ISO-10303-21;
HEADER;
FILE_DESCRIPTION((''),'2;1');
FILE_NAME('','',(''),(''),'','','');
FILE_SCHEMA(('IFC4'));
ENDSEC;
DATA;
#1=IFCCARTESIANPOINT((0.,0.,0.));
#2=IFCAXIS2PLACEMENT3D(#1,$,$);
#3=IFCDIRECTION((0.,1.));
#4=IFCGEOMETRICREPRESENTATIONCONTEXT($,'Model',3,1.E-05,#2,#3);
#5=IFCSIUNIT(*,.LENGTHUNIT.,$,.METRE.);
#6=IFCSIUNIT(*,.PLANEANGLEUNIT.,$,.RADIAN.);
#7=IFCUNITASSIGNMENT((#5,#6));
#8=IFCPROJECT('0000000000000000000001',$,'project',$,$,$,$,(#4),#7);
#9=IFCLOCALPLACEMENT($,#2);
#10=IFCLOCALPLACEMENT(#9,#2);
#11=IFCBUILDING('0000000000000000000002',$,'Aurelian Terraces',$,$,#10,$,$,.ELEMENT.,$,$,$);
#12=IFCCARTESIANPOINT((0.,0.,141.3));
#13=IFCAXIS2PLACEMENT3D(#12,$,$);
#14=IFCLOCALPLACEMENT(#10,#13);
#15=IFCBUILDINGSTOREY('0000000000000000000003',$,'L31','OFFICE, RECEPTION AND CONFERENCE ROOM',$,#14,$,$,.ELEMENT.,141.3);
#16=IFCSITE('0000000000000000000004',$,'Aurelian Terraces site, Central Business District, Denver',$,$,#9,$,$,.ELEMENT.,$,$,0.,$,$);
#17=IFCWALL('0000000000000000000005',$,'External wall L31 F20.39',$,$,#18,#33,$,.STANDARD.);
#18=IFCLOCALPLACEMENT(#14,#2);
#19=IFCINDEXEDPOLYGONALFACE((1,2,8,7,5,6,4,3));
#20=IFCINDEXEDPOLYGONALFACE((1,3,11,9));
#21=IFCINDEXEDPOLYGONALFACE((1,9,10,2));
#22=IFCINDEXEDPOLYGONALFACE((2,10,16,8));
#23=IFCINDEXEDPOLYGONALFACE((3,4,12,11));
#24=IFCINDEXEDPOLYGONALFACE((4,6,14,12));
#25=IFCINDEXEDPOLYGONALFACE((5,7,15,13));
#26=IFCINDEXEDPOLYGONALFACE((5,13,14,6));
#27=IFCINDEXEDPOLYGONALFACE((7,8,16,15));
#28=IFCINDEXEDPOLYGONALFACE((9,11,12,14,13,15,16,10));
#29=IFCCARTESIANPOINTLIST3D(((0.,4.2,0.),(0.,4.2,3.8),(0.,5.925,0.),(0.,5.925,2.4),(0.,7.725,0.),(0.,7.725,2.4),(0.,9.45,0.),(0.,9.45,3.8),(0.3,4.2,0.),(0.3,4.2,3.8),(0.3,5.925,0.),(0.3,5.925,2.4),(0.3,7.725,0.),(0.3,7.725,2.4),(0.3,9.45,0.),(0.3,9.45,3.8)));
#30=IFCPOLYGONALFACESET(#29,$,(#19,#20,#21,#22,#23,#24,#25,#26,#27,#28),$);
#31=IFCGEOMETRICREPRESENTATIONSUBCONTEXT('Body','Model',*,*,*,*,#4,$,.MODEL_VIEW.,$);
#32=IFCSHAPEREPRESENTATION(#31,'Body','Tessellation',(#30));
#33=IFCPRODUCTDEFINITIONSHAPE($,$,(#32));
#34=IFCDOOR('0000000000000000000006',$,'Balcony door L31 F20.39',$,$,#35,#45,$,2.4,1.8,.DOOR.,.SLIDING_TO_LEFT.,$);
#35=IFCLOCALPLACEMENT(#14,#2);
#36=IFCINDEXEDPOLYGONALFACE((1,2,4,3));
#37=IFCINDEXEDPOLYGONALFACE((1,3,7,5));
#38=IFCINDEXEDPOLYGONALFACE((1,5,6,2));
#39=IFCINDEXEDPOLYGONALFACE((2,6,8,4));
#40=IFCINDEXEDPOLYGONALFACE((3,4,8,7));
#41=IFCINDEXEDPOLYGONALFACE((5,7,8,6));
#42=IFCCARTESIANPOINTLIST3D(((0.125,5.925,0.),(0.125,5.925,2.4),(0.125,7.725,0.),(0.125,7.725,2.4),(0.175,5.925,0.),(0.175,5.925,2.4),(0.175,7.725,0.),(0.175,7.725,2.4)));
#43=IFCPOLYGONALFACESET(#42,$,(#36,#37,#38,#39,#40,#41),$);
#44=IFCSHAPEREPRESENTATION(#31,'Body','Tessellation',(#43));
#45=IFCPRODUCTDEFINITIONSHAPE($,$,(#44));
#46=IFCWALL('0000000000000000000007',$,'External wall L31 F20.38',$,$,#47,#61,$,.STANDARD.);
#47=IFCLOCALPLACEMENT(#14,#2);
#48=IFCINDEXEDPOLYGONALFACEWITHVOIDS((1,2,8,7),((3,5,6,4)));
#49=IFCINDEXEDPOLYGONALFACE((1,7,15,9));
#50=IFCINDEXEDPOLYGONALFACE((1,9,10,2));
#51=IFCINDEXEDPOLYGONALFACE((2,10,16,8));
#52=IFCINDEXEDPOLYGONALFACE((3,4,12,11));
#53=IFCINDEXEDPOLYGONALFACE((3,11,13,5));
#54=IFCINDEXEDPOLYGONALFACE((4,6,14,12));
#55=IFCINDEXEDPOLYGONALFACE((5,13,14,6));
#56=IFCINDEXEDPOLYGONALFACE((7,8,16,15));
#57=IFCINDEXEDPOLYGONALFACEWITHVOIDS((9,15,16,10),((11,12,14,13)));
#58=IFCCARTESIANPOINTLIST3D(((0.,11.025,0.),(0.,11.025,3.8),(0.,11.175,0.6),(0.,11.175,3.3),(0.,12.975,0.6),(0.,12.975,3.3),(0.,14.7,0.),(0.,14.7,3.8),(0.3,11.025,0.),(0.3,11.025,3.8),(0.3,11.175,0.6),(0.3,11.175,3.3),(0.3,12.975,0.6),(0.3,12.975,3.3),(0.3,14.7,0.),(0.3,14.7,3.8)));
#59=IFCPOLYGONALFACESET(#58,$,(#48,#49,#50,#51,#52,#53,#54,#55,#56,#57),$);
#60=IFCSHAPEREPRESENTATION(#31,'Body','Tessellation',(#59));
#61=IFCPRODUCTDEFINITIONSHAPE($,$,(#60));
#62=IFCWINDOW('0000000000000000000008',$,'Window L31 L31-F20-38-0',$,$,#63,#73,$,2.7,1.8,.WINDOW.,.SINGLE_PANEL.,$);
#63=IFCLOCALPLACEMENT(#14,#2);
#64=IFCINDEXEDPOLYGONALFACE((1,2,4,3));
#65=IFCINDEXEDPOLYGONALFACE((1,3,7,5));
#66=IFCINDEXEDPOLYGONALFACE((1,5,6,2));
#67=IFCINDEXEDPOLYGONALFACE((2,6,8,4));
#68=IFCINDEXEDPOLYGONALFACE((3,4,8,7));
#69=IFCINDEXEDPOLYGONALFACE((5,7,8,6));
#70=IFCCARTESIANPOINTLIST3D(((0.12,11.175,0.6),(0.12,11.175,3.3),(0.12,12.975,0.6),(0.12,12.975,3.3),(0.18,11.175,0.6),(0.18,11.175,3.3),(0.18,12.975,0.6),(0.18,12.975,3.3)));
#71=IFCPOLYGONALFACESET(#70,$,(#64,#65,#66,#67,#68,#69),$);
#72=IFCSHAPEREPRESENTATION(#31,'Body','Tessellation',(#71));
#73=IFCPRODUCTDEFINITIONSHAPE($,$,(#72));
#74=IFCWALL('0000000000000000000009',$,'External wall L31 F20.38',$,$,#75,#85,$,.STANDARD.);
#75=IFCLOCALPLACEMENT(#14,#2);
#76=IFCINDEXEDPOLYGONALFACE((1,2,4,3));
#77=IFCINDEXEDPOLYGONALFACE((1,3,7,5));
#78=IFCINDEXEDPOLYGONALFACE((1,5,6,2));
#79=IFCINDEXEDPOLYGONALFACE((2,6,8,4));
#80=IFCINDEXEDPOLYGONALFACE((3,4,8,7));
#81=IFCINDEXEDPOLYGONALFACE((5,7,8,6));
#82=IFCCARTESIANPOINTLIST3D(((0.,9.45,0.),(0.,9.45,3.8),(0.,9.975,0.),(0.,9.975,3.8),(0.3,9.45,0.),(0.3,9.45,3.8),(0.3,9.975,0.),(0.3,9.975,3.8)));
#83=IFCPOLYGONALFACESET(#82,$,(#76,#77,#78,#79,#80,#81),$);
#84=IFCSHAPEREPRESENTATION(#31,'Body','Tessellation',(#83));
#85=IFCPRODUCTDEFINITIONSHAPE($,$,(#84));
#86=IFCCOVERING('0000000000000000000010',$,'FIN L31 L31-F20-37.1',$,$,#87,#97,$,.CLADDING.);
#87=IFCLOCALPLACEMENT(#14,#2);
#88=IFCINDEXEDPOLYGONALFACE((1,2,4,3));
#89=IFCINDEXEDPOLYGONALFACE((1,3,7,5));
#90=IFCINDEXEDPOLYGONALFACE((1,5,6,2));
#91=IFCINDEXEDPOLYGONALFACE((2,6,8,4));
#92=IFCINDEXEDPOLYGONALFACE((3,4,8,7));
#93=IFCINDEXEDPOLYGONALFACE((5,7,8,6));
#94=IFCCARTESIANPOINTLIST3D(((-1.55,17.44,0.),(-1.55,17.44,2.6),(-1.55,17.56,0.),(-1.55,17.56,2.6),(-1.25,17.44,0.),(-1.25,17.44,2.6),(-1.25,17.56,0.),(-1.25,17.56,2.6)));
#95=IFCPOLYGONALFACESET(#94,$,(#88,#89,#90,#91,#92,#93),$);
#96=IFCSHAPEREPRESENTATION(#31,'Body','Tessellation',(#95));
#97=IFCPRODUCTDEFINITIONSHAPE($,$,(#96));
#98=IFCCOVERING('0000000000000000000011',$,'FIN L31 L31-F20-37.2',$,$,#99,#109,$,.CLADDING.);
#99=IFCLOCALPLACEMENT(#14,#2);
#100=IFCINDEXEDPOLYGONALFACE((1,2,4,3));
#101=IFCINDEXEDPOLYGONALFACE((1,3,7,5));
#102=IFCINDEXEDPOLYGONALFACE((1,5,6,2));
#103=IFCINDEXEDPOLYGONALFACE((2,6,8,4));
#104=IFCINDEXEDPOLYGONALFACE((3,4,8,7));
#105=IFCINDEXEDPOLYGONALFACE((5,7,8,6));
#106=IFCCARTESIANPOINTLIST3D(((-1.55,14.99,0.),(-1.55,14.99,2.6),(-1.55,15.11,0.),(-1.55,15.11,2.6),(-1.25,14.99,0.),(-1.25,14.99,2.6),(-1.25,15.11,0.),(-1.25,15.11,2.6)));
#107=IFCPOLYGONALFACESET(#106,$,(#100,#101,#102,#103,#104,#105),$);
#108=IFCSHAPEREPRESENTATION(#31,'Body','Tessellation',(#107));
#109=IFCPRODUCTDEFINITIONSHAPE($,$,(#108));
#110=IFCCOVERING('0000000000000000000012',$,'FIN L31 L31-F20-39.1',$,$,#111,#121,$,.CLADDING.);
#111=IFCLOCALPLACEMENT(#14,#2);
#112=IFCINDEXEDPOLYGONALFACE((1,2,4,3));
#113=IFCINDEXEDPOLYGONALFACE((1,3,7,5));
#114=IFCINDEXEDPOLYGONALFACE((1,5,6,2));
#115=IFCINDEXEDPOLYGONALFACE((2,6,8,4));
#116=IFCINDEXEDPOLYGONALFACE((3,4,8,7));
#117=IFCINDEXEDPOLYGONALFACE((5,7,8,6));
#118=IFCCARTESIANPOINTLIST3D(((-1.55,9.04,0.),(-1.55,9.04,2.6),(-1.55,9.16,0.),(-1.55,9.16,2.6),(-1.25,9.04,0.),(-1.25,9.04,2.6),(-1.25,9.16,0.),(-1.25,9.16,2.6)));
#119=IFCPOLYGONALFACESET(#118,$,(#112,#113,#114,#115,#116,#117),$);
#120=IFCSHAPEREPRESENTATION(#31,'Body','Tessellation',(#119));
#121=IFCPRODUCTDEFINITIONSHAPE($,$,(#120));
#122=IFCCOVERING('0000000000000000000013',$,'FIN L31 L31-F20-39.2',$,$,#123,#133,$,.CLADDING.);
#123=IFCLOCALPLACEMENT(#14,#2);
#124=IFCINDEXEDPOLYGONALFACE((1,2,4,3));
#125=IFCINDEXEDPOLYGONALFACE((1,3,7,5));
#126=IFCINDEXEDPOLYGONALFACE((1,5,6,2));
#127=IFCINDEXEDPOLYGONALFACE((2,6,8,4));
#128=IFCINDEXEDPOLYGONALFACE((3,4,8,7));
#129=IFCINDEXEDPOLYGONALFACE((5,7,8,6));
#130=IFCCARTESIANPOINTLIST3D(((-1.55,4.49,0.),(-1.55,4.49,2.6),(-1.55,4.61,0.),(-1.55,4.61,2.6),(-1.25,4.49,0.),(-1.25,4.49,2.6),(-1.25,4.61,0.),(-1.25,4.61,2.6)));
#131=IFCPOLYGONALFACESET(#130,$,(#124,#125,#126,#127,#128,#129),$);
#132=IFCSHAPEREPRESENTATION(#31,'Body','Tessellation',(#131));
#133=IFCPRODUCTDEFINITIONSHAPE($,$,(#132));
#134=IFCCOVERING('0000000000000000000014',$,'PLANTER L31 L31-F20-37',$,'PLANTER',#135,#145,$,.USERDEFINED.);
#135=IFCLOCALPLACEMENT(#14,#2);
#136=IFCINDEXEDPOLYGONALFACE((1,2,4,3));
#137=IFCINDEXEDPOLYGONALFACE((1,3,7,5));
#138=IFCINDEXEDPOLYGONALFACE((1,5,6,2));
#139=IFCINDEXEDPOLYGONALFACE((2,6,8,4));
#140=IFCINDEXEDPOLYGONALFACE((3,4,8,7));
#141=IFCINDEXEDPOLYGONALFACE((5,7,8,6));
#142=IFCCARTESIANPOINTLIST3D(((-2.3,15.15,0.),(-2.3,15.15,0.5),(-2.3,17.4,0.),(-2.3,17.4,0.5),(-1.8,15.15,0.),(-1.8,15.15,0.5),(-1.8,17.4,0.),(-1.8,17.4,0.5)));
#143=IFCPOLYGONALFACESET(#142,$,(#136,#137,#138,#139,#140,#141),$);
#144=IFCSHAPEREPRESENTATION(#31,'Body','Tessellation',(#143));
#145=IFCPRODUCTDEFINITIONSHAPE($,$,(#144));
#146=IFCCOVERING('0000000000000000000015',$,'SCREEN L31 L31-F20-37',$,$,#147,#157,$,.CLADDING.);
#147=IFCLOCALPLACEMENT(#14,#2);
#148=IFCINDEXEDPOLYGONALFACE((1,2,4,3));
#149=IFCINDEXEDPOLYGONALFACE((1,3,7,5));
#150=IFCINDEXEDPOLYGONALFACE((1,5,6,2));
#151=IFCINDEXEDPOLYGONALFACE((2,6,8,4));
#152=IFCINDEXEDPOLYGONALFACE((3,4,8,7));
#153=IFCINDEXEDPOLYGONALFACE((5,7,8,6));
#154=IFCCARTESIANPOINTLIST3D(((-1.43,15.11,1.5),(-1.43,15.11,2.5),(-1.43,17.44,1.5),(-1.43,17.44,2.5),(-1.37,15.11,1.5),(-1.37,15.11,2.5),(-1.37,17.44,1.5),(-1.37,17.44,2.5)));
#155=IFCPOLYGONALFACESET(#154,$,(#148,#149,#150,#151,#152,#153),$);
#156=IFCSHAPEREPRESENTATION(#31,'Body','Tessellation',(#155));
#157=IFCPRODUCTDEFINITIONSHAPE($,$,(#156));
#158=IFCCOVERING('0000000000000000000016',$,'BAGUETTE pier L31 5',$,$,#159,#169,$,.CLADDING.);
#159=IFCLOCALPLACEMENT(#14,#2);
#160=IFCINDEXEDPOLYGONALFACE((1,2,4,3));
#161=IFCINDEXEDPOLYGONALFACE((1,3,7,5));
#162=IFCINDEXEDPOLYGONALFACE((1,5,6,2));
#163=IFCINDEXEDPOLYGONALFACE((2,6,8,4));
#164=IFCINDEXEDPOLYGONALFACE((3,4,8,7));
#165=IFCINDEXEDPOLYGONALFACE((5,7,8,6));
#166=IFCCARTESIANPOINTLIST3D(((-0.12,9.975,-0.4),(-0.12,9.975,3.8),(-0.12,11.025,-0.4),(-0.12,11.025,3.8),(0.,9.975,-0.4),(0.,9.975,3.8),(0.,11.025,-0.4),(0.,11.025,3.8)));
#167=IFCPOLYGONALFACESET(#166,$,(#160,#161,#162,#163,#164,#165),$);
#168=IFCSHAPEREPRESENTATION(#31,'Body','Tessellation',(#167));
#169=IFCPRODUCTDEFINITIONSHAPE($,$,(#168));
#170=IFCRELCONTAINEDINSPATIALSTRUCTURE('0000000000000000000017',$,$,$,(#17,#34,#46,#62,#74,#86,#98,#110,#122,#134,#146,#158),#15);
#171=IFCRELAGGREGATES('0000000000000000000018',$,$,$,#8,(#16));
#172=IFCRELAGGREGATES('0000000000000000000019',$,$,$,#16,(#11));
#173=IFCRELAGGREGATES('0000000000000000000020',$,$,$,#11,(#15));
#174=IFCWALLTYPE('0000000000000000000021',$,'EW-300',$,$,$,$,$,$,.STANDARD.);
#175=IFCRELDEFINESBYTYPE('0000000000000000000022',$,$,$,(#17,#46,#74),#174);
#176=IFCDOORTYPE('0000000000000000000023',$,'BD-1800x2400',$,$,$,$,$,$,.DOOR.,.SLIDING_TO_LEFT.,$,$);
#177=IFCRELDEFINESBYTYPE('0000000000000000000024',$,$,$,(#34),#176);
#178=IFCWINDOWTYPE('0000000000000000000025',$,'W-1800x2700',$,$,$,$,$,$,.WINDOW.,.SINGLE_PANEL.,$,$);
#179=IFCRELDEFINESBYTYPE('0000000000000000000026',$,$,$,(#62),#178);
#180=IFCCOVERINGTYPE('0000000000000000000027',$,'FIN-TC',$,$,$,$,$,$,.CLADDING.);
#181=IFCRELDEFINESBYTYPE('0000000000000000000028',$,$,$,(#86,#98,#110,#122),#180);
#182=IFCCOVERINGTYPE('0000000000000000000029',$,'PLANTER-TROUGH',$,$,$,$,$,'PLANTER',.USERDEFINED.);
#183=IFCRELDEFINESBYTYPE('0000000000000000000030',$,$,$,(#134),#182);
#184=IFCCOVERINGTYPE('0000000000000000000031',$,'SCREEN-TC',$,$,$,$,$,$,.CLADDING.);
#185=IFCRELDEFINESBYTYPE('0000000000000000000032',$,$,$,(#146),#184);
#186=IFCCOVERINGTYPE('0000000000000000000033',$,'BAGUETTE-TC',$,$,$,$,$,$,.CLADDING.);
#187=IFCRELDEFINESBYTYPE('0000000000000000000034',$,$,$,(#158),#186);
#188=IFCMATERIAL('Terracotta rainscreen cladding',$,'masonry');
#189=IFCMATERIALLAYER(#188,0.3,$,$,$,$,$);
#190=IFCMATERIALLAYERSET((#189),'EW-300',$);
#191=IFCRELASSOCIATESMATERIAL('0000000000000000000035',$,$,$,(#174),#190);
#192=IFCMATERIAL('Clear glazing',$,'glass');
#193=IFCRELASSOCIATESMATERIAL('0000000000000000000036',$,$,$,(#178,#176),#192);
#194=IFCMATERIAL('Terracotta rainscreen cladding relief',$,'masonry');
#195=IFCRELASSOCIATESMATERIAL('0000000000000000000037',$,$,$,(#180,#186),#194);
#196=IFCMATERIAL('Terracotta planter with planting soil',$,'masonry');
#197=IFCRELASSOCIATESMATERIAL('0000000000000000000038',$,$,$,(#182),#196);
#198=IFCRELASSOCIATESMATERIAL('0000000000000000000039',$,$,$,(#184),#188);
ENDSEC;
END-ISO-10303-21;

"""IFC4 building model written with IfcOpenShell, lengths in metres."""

from ifc_helpers import new_model, si_unit, direction, frame, frame_2d, origin, origin_2d, place, context, subcontext, project, spatial, rectangle, extrude, source, transform, mapped, material, layer, layer_set, type_object, element, fill, save


model = new_model("IFC4")

# Units and contexts
model_context = context("Model", 3, precision=1e-05, world=origin(), true_north=direction((0.0, 1.0)))
body_context = subcontext(model_context, "Body", "Model", "MODEL_VIEW")
ifc_project = project(units=[si_unit("LENGTHUNIT", "METRE"), si_unit("PLANEANGLEUNIT", "RADIAN")], contexts=[model_context])

# Site, building, storey
site_placement = place(None, origin())
site = spatial("IfcSite", under=ifc_project, at=site_placement, Name="Aurelian Terraces site, Central Business District, Denver", CompositionType="ELEMENT", RefElevation=0.0)
building_placement = place(site_placement, origin())
building = spatial("IfcBuilding", under=site, at=building_placement, Name="Aurelian Terraces", CompositionType="ELEMENT")
storey_placement = place(building_placement, frame((0.0, 0.0, 141.3)))
storey = spatial("IfcBuildingStorey", under=building, at=storey_placement, Name="L31", Description="OFFICE, RECEPTION AND CONFERENCE ROOM", CompositionType="ELEMENT", Elevation=141.3)

# Shared definitions
ifc_material_1 = material(Name="Terracotta rainscreen cladding", Category="masonry")
ifc_layer_1 = layer(ifc_material_1, 0.3)
ifc_layer_set_1 = layer_set([ifc_layer_1], Name="EW-300")
wall_type = type_object("IfcWallType", Name="EW-300", PredefinedType="STANDARD", material=ifc_layer_set_1)
shared_shape_1 = source(origin(), body_context, "Body", "SweptSolid", [
    extrude(rectangle(XDim=1.8, YDim=2.7, at=frame_2d((0.9, 1.35))), frame((0.0, 0.16, 0.0), z_axis=(0.0, -1.0, 0.0), x_axis=(1.0, 0.0, 0.0)), (0.0, 0.0, 1.0), 0.32),
])
ifc_material_2 = material(Name="Clear glazing", Category="glass")
window_type = type_object("IfcWindowType", Name="W-1800x2700", PartitioningType="SINGLE_PANEL", PredefinedType="WINDOW", material=ifc_material_2)
shared_shape_2 = source(origin(), body_context, "Body", "SweptSolid", [
    extrude(rectangle(XDim=1.8, YDim=2.7, at=frame_2d((0.9, 1.35))), frame((0.0, 0.03, 0.0), z_axis=(0.0, -1.0, 0.0), x_axis=(1.0, 0.0, 0.0)), (0.0, 0.0, 1.0), 0.06),
])

# Wall, opening, door
shared_shape_3 = source(origin(), body_context, "Body", "SweptSolid", [
    extrude(rectangle(XDim=5.25, YDim=0.3, at=frame_2d((2.625, 0.0))), origin(), (0.0, 0.0, 1.0), 3.8),
])
wall_1_placement = place(storey_placement, frame((0.15, 9.45, 0.0), z_axis=(0.0, 0.0, 1.0), x_axis=(0.0, -1.0, 0.0)))
wall_1 = element("IfcWall", 1, at=wall_1_placement, inside=storey, type_object=wall_type, Name="External wall L31 F20.39", PredefinedType="STANDARD", context=body_context, shape_type="MappedRepresentation", body=[
    mapped(shared_shape_3, transform((0.0, 0.0, 0.0), scale=1.0)),
])
shared_shape_4 = source(origin(), body_context, "Body", "SweptSolid", [
    extrude(rectangle(XDim=1.8, YDim=2.4, at=frame_2d((0.9, 1.2))), frame((0.0, 0.16, 0.0), z_axis=(0.0, -1.0, 0.0), x_axis=(1.0, 0.0, 0.0)), (0.0, 0.0, 1.0), 0.32),
])
opening_1_placement = place(wall_1_placement, frame((1.725, 0.0, 0.0)))
opening_1 = element("IfcOpeningElement", 2, at=opening_1_placement, cuts=wall_1, PredefinedType="OPENING", context=body_context, shape_type="MappedRepresentation", body=[
    mapped(shared_shape_4, transform((0.0, 0.0, 0.0), scale=1.0)),
])
door_type = type_object("IfcDoorType", Name="BD-1800x2400", OperationType="SLIDING_TO_LEFT", PredefinedType="DOOR", material=ifc_material_2)
shared_shape_5 = source(origin(), body_context, "Body", "SweptSolid", [
    extrude(rectangle(XDim=1.8, YDim=2.4, at=frame_2d((0.9, 1.2))), frame((0.0, 0.025, 0.0), z_axis=(0.0, -1.0, 0.0), x_axis=(1.0, 0.0, 0.0)), (0.0, 0.0, 1.0), 0.05),
])
door_placement = place(opening_1_placement, origin())
door = element("IfcDoor", 3, at=door_placement, inside=storey, type_object=door_type, Name="Balcony door L31 F20.39", OperationType="SLIDING_TO_LEFT", OverallHeight=2.4, OverallWidth=1.8, PredefinedType="DOOR", context=body_context, shape_type="MappedRepresentation", body=[
    mapped(shared_shape_5, transform((0.0, 0.0, 0.0), scale=1.0)),
])
fill(opening_1, door)

# Wall, opening, window
shared_shape_6 = source(origin(), body_context, "Body", "SweptSolid", [
    extrude(rectangle(XDim=3.675, YDim=0.3, at=frame_2d((1.8375, 0.0))), origin(), (0.0, 0.0, 1.0), 3.8),
])
wall_2_placement = place(storey_placement, frame((0.15, 14.7, 0.0), z_axis=(0.0, 0.0, 1.0), x_axis=(0.0, -1.0, 0.0)))
wall_2 = element("IfcWall", 4, at=wall_2_placement, inside=storey, type_object=wall_type, Name="External wall L31 F20.38", PredefinedType="STANDARD", context=body_context, shape_type="MappedRepresentation", body=[
    mapped(shared_shape_6, transform((0.0, 0.0, 0.0), scale=1.0)),
])
opening_2_placement = place(wall_2_placement, frame((1.725, 0.0, 0.6)))
opening_2 = element("IfcOpeningElement", 5, at=opening_2_placement, cuts=wall_2, PredefinedType="OPENING", context=body_context, shape_type="MappedRepresentation", body=[
    mapped(shared_shape_1, transform((0.0, 0.0, 0.0), scale=1.0)),
])
window_1_placement = place(opening_2_placement, origin())
window_1 = element("IfcWindow", 6, at=window_1_placement, inside=storey, type_object=window_type, Name="Window L31 L31-F20-38-0", OverallHeight=2.7, OverallWidth=1.8, PartitioningType="SINGLE_PANEL", PredefinedType="WINDOW", context=body_context, shape_type="MappedRepresentation", body=[
    mapped(shared_shape_2, transform((0.0, 0.0, 0.0), scale=1.0)),
])
fill(opening_2, window_1)

# Wall
shared_shape_7 = source(origin(), body_context, "Body", "SweptSolid", [
    extrude(rectangle(XDim=0.525, YDim=0.3, at=frame_2d((0.2625, 0.0))), origin(), (0.0, 0.0, 1.0), 3.8),
])
wall_3_placement = place(storey_placement, frame((0.15, 9.975, 0.0), z_axis=(0.0, 0.0, 1.0), x_axis=(0.0, -1.0, 0.0)))
element("IfcWall", 7, at=wall_3_placement, inside=storey, type_object=wall_type, Name="External wall L31 F20.38", PredefinedType="STANDARD", context=body_context, shape_type="MappedRepresentation", body=[
    mapped(shared_shape_7, transform((0.0, 0.0, 0.0), scale=1.0)),
])

# Coverings
ifc_material_3 = material(Name="Terracotta rainscreen cladding relief", Category="masonry")
covering_type_1 = type_object("IfcCoveringType", Name="FIN-TC", PredefinedType="CLADDING", material=ifc_material_3)
shared_shape_8 = source(origin(), body_context, "Body", "SweptSolid", [
    extrude(rectangle(XDim=0.3, YDim=0.12, at=origin_2d()), origin(), (0.0, 0.0, 1.0), 2.6),
])
for number, where, z_axis, x_axis, name in (
    (8, (-1.4, 17.5, 0.0), (0.0, 0.0, 1.0), (1.0, 0.0, 0.0), "FIN L31 L31-F20-37.1"),
    (9, (-1.4, 15.05, 0.0), (0.0, 0.0, 1.0), (1.0, 0.0, 0.0), "FIN L31 L31-F20-37.2"),
    (10, (-1.4, 9.1, 0.0), (0.0, 0.0, 1.0), (1.0, 0.0, 0.0), "FIN L31 L31-F20-39.1"),
    (11, (-1.4, 4.55, 0.0), (0.0, 0.0, 1.0), (1.0, 0.0, 0.0), "FIN L31 L31-F20-39.2"),
):
    element("IfcCovering", number, at=place(storey_placement, frame(where, z_axis=z_axis, x_axis=x_axis)), inside=storey, type_object=covering_type_1, Name=name, PredefinedType="CLADDING", context=body_context, shape_type="MappedRepresentation", body=[
        mapped(shared_shape_8, transform((0.0, 0.0, 0.0), scale=1.0)),
    ])
ifc_material_4 = material(Name="Terracotta planter with planting soil", Category="masonry")
covering_type_2 = type_object("IfcCoveringType", Name="PLANTER-TROUGH", ElementType="PLANTER", PredefinedType="USERDEFINED", material=ifc_material_4)
shared_shape_9 = source(origin(), body_context, "Body", "SweptSolid", [
    extrude(rectangle(XDim=0.5, YDim=2.25, at=origin_2d()), origin(), (0.0, 0.0, 1.0), 0.5),
])
covering_1_placement = place(storey_placement, frame((-2.05, 16.275, 0.0), z_axis=(0.0, 0.0, 1.0), x_axis=(1.0, 0.0, 0.0)))
element("IfcCovering", 12, at=covering_1_placement, inside=storey, type_object=covering_type_2, Name="PLANTER L31 L31-F20-37", ObjectType="PLANTER", PredefinedType="USERDEFINED", context=body_context, shape_type="MappedRepresentation", body=[
    mapped(shared_shape_9, transform((0.0, 0.0, 0.0), scale=1.0)),
])
covering_type_3 = type_object("IfcCoveringType", Name="SCREEN-TC", PredefinedType="CLADDING", material=ifc_material_1)
shared_shape_10 = source(origin(), body_context, "Body", "SweptSolid", [
    extrude(rectangle(XDim=0.06, YDim=2.33, at=origin_2d()), origin(), (0.0, 0.0, 1.0), 1.0),
])
covering_2_placement = place(storey_placement, frame((-1.4, 16.275, 1.5), z_axis=(0.0, 0.0, 1.0), x_axis=(1.0, 0.0, 0.0)))
element("IfcCovering", 13, at=covering_2_placement, inside=storey, type_object=covering_type_3, Name="SCREEN L31 L31-F20-37", PredefinedType="CLADDING", context=body_context, shape_type="MappedRepresentation", body=[
    mapped(shared_shape_10, transform((0.0, 0.0, 0.0), scale=1.0)),
])

# Covering
covering_type_4 = type_object("IfcCoveringType", Name="BAGUETTE-TC", PredefinedType="CLADDING", material=ifc_material_3)
shared_shape_11 = source(origin(), body_context, "Body", "SweptSolid", [
    extrude(rectangle(XDim=0.12, YDim=1.05, at=origin_2d()), origin(), (0.0, 0.0, 1.0), 4.2),
])
covering_3_placement = place(storey_placement, frame((-0.06, 10.5, -0.4), z_axis=(0.0, 0.0, 1.0), x_axis=(1.0, 0.0, 0.0)))
element("IfcCovering", 14, at=covering_3_placement, inside=storey, type_object=covering_type_4, Name="BAGUETTE pier L31 5", PredefinedType="CLADDING", context=body_context, shape_type="MappedRepresentation", body=[
    mapped(shared_shape_11, transform((0.0, 0.0, 0.0), scale=1.0)),
])

save(model, "model.ifc")
